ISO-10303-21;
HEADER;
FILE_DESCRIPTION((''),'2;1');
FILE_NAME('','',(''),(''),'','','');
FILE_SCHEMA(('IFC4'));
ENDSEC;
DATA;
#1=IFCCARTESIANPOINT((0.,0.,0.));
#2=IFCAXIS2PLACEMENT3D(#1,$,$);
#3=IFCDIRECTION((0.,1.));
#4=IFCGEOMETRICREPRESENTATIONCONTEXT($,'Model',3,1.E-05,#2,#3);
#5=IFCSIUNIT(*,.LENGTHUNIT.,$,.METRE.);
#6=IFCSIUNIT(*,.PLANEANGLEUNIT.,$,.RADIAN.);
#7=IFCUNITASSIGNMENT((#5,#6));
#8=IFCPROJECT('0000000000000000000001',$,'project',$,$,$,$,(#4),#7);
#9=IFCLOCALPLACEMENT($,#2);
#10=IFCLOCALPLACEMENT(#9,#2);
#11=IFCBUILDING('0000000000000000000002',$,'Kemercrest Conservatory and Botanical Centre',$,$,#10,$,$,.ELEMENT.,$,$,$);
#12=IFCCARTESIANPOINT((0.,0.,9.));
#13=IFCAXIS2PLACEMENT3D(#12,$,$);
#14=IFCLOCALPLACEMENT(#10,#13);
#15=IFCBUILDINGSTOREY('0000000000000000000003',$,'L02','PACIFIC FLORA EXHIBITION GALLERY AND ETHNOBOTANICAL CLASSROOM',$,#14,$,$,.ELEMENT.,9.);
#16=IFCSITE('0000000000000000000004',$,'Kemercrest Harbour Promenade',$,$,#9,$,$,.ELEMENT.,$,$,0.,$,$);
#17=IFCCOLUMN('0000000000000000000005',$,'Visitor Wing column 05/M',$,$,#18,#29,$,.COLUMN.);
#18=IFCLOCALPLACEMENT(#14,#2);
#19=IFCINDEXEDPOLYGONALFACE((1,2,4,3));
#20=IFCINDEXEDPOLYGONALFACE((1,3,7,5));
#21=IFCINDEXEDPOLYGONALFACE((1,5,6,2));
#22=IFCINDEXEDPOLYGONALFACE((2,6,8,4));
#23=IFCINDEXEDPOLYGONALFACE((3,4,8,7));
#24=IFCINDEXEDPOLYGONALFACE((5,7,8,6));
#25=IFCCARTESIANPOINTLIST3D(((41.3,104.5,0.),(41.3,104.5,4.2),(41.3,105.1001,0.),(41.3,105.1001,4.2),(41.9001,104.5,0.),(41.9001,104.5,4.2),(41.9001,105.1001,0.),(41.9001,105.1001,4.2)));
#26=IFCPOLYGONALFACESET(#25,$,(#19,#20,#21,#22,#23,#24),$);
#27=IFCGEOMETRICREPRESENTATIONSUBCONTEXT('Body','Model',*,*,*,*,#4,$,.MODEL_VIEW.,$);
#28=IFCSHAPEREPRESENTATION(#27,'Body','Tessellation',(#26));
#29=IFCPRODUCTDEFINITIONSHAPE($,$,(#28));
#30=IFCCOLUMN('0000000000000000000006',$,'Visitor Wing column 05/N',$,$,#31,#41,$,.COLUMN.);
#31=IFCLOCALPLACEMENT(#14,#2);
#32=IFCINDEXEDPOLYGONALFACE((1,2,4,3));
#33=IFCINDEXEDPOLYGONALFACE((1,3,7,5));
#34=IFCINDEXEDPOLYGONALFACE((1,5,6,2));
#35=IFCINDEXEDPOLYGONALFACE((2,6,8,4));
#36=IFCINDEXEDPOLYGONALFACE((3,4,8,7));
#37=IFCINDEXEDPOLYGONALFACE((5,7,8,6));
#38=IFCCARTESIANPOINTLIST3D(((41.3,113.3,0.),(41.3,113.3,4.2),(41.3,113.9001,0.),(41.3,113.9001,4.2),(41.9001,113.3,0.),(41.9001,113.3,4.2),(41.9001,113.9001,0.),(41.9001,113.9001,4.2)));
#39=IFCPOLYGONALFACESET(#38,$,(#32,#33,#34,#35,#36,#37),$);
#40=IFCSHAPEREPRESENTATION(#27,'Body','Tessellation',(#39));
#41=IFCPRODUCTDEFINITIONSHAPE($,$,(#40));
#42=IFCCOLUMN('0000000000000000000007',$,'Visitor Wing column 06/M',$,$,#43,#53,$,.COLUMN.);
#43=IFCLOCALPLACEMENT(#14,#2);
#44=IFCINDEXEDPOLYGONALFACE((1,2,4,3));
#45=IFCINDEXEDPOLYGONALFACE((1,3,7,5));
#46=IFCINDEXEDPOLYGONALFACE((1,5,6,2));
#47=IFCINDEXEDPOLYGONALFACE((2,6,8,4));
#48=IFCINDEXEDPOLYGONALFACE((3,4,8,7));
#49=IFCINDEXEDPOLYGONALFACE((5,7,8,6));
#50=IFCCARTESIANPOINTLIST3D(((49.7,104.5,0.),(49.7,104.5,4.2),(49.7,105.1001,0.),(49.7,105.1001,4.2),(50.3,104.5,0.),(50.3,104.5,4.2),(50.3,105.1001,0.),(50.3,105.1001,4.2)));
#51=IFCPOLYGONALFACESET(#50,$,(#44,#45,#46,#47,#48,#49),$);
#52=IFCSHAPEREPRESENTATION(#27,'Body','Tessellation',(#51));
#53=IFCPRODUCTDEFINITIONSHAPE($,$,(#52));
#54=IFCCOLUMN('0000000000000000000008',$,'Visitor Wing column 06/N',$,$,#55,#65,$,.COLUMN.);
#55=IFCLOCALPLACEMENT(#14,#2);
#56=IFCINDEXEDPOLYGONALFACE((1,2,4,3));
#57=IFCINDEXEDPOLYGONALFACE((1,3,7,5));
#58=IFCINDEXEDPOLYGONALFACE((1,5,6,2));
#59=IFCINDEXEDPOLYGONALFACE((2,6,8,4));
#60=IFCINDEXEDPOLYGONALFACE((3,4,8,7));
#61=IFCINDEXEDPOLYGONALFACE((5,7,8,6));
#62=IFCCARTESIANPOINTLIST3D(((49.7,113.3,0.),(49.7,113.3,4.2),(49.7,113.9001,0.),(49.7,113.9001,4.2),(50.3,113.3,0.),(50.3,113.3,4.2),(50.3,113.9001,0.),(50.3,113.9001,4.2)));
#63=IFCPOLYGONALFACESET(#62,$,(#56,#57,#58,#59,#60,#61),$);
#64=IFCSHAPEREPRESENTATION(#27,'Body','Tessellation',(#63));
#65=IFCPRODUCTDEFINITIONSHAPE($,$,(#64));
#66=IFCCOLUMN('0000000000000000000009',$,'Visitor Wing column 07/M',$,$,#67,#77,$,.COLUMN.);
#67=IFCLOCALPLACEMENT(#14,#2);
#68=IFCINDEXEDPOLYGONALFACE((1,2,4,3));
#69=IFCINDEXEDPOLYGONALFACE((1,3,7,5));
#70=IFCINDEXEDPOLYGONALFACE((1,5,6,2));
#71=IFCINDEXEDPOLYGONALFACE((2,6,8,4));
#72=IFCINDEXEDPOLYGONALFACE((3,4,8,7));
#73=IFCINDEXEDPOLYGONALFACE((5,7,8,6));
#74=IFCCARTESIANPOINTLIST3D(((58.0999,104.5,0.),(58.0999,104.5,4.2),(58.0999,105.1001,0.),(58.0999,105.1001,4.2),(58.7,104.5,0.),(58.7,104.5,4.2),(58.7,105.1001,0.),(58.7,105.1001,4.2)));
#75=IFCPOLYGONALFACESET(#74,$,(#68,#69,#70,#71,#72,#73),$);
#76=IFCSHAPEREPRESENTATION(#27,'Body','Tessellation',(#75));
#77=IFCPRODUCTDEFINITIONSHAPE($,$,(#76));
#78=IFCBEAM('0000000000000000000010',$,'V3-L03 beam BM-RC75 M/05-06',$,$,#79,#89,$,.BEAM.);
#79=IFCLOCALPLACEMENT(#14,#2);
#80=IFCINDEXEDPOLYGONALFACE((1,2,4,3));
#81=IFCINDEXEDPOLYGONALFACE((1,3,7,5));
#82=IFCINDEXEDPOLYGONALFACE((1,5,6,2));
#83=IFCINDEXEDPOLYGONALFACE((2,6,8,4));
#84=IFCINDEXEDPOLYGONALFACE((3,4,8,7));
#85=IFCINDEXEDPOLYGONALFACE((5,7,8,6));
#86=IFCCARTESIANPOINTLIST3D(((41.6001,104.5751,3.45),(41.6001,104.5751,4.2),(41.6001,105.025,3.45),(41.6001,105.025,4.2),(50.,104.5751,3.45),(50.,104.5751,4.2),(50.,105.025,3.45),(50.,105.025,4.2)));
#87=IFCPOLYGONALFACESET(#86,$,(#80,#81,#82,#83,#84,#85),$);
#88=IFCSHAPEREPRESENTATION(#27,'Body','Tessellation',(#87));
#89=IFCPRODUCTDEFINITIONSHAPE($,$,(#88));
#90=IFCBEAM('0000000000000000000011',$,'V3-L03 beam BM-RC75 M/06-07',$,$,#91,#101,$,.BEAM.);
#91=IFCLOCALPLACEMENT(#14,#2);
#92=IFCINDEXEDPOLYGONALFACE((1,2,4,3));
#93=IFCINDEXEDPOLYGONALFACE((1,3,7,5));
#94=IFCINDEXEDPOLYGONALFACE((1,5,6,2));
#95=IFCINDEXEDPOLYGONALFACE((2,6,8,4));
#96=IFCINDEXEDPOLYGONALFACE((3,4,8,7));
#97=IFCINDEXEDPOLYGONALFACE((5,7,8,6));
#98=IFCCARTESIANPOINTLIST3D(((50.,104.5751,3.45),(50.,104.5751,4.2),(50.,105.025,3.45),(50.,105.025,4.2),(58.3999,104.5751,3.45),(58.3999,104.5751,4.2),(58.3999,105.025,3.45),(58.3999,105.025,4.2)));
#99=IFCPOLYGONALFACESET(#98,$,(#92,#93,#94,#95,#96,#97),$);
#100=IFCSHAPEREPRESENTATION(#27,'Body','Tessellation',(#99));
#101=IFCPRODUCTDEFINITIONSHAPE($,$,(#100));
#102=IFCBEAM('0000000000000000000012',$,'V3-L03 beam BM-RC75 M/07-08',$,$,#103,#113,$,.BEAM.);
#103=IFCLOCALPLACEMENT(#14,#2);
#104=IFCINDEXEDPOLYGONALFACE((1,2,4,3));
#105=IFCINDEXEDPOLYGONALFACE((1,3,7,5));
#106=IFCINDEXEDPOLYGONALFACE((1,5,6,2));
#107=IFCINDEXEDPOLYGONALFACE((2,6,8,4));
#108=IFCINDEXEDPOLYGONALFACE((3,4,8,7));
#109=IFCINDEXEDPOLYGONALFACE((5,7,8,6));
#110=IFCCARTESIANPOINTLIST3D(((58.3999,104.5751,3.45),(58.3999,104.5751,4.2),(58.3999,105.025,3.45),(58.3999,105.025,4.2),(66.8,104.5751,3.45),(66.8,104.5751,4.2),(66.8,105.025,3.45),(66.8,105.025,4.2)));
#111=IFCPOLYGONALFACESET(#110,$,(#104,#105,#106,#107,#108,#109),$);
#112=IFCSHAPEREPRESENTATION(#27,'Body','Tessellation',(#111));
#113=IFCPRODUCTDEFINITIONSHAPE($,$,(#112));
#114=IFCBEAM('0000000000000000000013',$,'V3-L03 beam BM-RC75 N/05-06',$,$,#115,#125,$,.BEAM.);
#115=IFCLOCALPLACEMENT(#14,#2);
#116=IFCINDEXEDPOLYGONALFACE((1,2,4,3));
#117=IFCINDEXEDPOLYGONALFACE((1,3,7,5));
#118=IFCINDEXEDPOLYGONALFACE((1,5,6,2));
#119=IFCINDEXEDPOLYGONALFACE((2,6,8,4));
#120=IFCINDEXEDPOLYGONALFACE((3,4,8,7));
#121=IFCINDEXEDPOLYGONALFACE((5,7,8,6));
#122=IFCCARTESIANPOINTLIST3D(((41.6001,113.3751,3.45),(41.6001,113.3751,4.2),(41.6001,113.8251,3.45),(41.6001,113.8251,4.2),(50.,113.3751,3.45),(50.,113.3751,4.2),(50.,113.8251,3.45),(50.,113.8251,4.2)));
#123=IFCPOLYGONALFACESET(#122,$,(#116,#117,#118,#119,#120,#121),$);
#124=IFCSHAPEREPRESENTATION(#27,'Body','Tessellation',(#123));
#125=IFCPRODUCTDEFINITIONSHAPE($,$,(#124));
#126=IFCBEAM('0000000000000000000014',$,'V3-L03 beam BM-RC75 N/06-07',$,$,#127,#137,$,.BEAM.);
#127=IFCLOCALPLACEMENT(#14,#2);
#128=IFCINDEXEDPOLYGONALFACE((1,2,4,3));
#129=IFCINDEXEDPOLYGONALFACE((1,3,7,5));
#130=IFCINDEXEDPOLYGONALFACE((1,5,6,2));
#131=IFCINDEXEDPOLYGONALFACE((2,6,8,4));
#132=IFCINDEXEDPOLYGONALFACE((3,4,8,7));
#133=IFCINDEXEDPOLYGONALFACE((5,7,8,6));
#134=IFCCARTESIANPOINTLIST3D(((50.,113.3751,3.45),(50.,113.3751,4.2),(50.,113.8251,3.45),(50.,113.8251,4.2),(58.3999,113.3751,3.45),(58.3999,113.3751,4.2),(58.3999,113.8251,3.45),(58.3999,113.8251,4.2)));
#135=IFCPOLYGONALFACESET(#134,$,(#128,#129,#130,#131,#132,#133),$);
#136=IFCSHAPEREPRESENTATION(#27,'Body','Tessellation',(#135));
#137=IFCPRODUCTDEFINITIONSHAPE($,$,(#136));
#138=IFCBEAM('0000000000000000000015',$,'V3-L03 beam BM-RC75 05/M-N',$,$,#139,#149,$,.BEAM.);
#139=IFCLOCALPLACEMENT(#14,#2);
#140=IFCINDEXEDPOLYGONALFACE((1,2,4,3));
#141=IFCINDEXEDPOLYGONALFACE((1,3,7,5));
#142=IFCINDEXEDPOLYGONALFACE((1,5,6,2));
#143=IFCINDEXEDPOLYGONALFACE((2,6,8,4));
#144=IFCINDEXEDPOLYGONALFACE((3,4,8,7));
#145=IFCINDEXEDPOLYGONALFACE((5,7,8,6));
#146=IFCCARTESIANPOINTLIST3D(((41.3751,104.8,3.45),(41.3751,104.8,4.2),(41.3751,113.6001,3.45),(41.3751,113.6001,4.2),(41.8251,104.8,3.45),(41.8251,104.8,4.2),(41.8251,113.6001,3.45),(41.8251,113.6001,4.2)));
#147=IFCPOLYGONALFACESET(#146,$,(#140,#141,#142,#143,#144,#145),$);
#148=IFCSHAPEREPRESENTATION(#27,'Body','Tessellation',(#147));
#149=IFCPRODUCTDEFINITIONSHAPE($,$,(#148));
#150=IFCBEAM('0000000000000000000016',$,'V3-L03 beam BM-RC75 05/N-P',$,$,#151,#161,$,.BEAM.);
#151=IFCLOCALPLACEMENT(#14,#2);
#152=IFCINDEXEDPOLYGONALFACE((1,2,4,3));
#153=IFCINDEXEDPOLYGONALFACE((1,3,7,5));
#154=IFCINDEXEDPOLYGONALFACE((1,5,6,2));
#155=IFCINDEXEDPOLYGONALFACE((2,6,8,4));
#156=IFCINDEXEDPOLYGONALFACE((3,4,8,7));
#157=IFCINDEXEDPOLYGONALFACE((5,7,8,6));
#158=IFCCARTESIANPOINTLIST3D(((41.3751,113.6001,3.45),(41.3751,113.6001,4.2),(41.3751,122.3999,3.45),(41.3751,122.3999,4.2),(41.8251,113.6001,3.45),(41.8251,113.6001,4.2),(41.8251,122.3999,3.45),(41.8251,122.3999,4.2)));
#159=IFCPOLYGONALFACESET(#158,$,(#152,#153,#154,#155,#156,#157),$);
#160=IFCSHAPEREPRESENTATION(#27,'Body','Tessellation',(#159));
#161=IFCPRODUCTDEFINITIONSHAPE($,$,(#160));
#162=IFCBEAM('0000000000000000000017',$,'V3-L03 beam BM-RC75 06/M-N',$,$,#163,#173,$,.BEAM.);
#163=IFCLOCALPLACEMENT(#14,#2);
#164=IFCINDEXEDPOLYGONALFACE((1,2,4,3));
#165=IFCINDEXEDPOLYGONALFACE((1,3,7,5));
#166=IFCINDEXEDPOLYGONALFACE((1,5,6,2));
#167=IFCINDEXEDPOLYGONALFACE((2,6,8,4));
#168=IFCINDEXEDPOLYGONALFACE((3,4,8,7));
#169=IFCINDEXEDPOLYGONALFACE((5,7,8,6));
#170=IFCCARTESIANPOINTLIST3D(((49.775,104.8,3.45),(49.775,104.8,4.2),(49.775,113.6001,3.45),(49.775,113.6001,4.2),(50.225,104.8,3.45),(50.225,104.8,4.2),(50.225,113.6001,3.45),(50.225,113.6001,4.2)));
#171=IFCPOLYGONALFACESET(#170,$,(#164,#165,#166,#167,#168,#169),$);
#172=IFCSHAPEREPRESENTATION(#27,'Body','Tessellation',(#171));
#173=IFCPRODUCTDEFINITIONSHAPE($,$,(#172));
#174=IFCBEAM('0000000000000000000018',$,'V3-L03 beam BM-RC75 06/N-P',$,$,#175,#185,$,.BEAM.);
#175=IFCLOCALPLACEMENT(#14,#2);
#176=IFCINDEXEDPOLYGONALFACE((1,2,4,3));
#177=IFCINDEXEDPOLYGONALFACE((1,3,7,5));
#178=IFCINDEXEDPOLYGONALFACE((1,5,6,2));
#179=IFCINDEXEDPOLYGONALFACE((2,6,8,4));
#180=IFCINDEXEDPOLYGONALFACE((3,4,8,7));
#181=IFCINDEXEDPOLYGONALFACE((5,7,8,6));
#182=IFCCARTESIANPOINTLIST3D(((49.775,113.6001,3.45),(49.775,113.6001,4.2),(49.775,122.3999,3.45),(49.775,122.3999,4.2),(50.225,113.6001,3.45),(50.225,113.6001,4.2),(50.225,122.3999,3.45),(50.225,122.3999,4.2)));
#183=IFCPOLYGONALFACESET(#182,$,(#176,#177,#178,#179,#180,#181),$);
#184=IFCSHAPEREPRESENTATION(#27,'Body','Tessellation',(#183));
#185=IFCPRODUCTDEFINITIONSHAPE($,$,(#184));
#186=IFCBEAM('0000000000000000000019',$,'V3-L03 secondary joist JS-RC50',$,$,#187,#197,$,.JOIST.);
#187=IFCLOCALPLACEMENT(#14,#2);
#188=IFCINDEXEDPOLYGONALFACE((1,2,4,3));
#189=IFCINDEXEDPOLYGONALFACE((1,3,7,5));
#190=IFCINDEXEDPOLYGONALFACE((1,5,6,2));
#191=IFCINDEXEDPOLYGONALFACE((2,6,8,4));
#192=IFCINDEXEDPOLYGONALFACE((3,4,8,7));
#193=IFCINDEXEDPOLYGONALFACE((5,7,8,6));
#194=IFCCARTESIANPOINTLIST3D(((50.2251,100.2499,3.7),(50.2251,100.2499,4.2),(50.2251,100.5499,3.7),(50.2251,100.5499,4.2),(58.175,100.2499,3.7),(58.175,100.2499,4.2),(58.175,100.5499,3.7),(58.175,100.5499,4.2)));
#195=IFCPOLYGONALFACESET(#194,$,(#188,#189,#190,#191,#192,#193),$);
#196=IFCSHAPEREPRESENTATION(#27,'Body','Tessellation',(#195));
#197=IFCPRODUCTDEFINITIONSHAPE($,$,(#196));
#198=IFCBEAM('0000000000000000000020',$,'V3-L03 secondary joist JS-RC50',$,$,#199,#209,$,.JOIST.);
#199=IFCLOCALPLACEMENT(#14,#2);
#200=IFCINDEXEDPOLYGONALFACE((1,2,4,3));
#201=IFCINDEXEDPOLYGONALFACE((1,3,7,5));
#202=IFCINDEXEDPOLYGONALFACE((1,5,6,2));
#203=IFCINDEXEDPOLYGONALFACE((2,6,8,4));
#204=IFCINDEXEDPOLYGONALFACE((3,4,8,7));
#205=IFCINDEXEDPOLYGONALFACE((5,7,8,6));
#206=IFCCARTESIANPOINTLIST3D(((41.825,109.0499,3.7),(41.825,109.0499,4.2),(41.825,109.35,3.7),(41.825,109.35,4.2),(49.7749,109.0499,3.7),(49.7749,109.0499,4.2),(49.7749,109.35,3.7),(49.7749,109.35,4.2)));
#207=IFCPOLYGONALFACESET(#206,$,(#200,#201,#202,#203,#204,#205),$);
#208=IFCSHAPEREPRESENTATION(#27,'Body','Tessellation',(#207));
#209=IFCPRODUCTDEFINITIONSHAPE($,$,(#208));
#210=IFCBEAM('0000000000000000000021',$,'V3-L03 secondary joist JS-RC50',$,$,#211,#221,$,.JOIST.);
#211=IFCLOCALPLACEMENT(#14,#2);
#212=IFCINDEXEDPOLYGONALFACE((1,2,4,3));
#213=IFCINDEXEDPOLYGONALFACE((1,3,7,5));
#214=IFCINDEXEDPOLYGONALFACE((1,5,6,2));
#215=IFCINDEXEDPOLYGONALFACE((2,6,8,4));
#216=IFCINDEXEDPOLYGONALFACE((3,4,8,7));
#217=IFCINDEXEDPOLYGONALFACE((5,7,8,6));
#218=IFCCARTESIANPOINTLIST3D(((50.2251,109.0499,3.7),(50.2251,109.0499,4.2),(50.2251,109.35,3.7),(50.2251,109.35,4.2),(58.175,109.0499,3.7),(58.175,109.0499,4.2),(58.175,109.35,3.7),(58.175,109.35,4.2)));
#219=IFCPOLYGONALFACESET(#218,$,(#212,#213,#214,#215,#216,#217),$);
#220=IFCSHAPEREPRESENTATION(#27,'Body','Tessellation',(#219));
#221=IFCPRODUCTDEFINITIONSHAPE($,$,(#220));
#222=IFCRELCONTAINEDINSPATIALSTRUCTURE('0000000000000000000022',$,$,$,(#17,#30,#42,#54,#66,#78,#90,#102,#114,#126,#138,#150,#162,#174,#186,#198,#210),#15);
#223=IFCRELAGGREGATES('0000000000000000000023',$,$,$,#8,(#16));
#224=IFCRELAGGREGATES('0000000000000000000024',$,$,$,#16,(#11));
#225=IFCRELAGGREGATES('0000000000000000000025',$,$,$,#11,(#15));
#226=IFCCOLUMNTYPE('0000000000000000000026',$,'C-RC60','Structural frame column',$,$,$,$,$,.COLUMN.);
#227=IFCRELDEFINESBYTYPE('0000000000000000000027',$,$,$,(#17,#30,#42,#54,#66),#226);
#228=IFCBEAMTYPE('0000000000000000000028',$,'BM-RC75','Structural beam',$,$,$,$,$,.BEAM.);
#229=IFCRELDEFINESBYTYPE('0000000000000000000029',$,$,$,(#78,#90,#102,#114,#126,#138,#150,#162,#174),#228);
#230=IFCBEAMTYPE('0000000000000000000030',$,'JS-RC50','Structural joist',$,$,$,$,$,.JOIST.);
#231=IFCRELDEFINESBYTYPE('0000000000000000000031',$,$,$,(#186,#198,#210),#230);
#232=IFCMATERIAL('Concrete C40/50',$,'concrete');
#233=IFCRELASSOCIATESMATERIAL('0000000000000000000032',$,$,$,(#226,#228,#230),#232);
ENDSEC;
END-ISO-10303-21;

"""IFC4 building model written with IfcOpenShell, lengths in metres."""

from ifc_helpers import new_model, si_unit, direction, frame, origin, origin_2d, place, context, subcontext, project, spatial, rectangle, extrude, material, material_profile, profile_set, type_object, element, save


model = new_model("IFC4")

# Units and contexts
model_context = context("Model", 3, precision=1e-05, world=origin(), true_north=direction((0.0, 1.0)))
body_context = subcontext(model_context, "Body", "Model", "MODEL_VIEW")
ifc_project = project(units=[si_unit("LENGTHUNIT", "METRE"), si_unit("PLANEANGLEUNIT", "RADIAN")], contexts=[model_context])

# Site, building, storey
site_placement = place(None, origin())
site = spatial("IfcSite", under=ifc_project, at=site_placement, Name="Kemercrest Harbour Promenade", CompositionType="ELEMENT", RefElevation=0.0)
building_placement = place(site_placement, origin())
building = spatial("IfcBuilding", under=site, at=building_placement, Name="Kemercrest Conservatory and Botanical Centre", CompositionType="ELEMENT")
storey_placement = place(building_placement, frame((0.0, 0.0, 9.0)))
storey = spatial("IfcBuildingStorey", under=building, at=storey_placement, Name="L02", Description="PACIFIC FLORA EXHIBITION GALLERY AND ETHNOBOTANICAL CLASSROOM", CompositionType="ELEMENT", Elevation=9.0)

# Columns
ifc_material_1 = material(Name="Concrete C40/50", Category="concrete")
ifc_material_profile_1 = material_profile(ifc_material_1, rectangle(XDim=0.6001, YDim=0.6001, at=origin_2d()), Name="RC 600x600")
ifc_profile_set_1 = profile_set([ifc_material_profile_1], Name="Concrete C40/50")
column_type = type_object("IfcColumnType", Name="C-RC60", Description="Structural frame column", PredefinedType="COLUMN", material=ifc_profile_set_1)
for number, where, z_axis, x_axis, name in (
    (1, (41.6001, 104.8, 0.0), (0.0, 0.0, 1.0), (1.0, 0.0, 0.0), "Visitor Wing column 05/M"),
    (2, (41.6001, 113.6001, 0.0), (0.0, 0.0, 1.0), (1.0, 0.0, 0.0), "Visitor Wing column 05/N"),
    (3, (50.0, 104.8, 0.0), (0.0, 0.0, 1.0), (1.0, 0.0, 0.0), "Visitor Wing column 06/M"),
    (4, (50.0, 113.6001, 0.0), (0.0, 0.0, 1.0), (1.0, 0.0, 0.0), "Visitor Wing column 06/N"),
    (5, (58.3999, 104.8, 0.0), (0.0, 0.0, 1.0), (1.0, 0.0, 0.0), "Visitor Wing column 07/M"),
):
    element("IfcColumn", number, at=place(storey_placement, frame(where, z_axis=z_axis, x_axis=x_axis)), inside=storey, type_object=column_type, Name=name, PredefinedType="COLUMN", context=body_context, shape_type="SweptSolid", body=[
        extrude(rectangle(XDim=0.6001, YDim=0.6001, at=origin_2d()), origin(), (0.0, 0.0, 1.0), 4.2),
    ])

# Beams
ifc_material_profile_2 = material_profile(ifc_material_1, rectangle(XDim=0.45, YDim=0.75, at=origin_2d()), Name="RC 450x750")
ifc_profile_set_2 = profile_set([ifc_material_profile_2], Name="Concrete C40/50")
beam_type_1 = type_object("IfcBeamType", Name="BM-RC75", Description="Structural beam", PredefinedType="BEAM", material=ifc_profile_set_2)
for number, where, z_axis, x_axis, name in (
    (6, (41.6001, 104.8, 3.825), (1.0, 0.0, 0.0), (0.0, 1.0, 0.0), "V3-L03 beam BM-RC75 M/05-06"),
    (7, (50.0, 104.8, 3.825), (1.0, 0.0, 0.0), (0.0, 1.0, 0.0), "V3-L03 beam BM-RC75 M/06-07"),
):
    element("IfcBeam", number, at=place(storey_placement, frame(where, z_axis=z_axis, x_axis=x_axis)), inside=storey, type_object=beam_type_1, Name=name, PredefinedType="BEAM", context=body_context, shape_type="SweptSolid", body=[
        extrude(rectangle(XDim=0.45, YDim=0.75, at=origin_2d()), origin(), (0.0, 0.0, 1.0), 8.3999),
    ])
beam_1_placement = place(storey_placement, frame((58.3999, 104.8, 3.825), z_axis=(1.0, 0.0, 0.0), x_axis=(0.0, 1.0, 0.0)))
element("IfcBeam", 8, at=beam_1_placement, inside=storey, type_object=beam_type_1, Name="V3-L03 beam BM-RC75 M/07-08", PredefinedType="BEAM", context=body_context, shape_type="SweptSolid", body=[
    extrude(rectangle(XDim=0.45, YDim=0.75, at=origin_2d()), origin(), (0.0, 0.0, 1.0), 8.4001),
])
for number, where, z_axis, x_axis, name in (
    (9, (41.6001, 113.6001, 3.825), (1.0, 0.0, 0.0), (0.0, 1.0, 0.0), "V3-L03 beam BM-RC75 N/05-06"),
    (10, (50.0, 113.6001, 3.825), (1.0, 0.0, 0.0), (0.0, 1.0, 0.0), "V3-L03 beam BM-RC75 N/06-07"),
):
    element("IfcBeam", number, at=place(storey_placement, frame(where, z_axis=z_axis, x_axis=x_axis)), inside=storey, type_object=beam_type_1, Name=name, PredefinedType="BEAM", context=body_context, shape_type="SweptSolid", body=[
        extrude(rectangle(XDim=0.45, YDim=0.75, at=origin_2d()), origin(), (0.0, 0.0, 1.0), 8.3999),
    ])
beam_2_placement = place(storey_placement, frame((41.6001, 104.8, 3.825), z_axis=(0.0, 1.0, 0.0), x_axis=(-1.0, 0.0, 0.0)))
element("IfcBeam", 11, at=beam_2_placement, inside=storey, type_object=beam_type_1, Name="V3-L03 beam BM-RC75 05/M-N", PredefinedType="BEAM", context=body_context, shape_type="SweptSolid", body=[
    extrude(rectangle(XDim=0.45, YDim=0.75, at=origin_2d()), origin(), (0.0, 0.0, 1.0), 8.8),
])
beam_3_placement = place(storey_placement, frame((41.6001, 113.6001, 3.825), z_axis=(0.0, 1.0, 0.0), x_axis=(-1.0, 0.0, 0.0)))
element("IfcBeam", 12, at=beam_3_placement, inside=storey, type_object=beam_type_1, Name="V3-L03 beam BM-RC75 05/N-P", PredefinedType="BEAM", context=body_context, shape_type="SweptSolid", body=[
    extrude(rectangle(XDim=0.45, YDim=0.75, at=origin_2d()), origin(), (0.0, 0.0, 1.0), 8.7998),
])
beam_4_placement = place(storey_placement, frame((50.0, 104.8, 3.825), z_axis=(0.0, 1.0, 0.0), x_axis=(-1.0, 0.0, 0.0)))
element("IfcBeam", 13, at=beam_4_placement, inside=storey, type_object=beam_type_1, Name="V3-L03 beam BM-RC75 06/M-N", PredefinedType="BEAM", context=body_context, shape_type="SweptSolid", body=[
    extrude(rectangle(XDim=0.45, YDim=0.75, at=origin_2d()), origin(), (0.0, 0.0, 1.0), 8.8),
])
beam_5_placement = place(storey_placement, frame((50.0, 113.6001, 3.825), z_axis=(0.0, 1.0, 0.0), x_axis=(-1.0, 0.0, 0.0)))
element("IfcBeam", 14, at=beam_5_placement, inside=storey, type_object=beam_type_1, Name="V3-L03 beam BM-RC75 06/N-P", PredefinedType="BEAM", context=body_context, shape_type="SweptSolid", body=[
    extrude(rectangle(XDim=0.45, YDim=0.75, at=origin_2d()), origin(), (0.0, 0.0, 1.0), 8.7998),
])
ifc_material_profile_3 = material_profile(ifc_material_1, rectangle(XDim=0.3, YDim=0.5, at=origin_2d()), Name="RC 300x500")
ifc_profile_set_3 = profile_set([ifc_material_profile_3], Name="Concrete C40/50")
beam_type_2 = type_object("IfcBeamType", Name="JS-RC50", Description="Structural joist", PredefinedType="JOIST", material=ifc_profile_set_3)
for number, where, z_axis, x_axis, name in (
    (15, (50.2251, 100.3999, 3.95), (1.0, 0.0, 0.0), (0.0, 1.0, 0.0), "V3-L03 secondary joist JS-RC50"),
    (16, (41.825, 109.2, 3.95), (1.0, 0.0, 0.0), (0.0, 1.0, 0.0), "V3-L03 secondary joist JS-RC50"),
    (17, (50.2251, 109.2, 3.95), (1.0, 0.0, 0.0), (0.0, 1.0, 0.0), "V3-L03 secondary joist JS-RC50"),
):
    element("IfcBeam", number, at=place(storey_placement, frame(where, z_axis=z_axis, x_axis=x_axis)), inside=storey, type_object=beam_type_2, Name=name, PredefinedType="JOIST", context=body_context, shape_type="SweptSolid", body=[
        extrude(rectangle(XDim=0.3, YDim=0.5, at=origin_2d()), origin(), (0.0, 0.0, 1.0), 7.95),
    ])

save(model, "model.ifc")
